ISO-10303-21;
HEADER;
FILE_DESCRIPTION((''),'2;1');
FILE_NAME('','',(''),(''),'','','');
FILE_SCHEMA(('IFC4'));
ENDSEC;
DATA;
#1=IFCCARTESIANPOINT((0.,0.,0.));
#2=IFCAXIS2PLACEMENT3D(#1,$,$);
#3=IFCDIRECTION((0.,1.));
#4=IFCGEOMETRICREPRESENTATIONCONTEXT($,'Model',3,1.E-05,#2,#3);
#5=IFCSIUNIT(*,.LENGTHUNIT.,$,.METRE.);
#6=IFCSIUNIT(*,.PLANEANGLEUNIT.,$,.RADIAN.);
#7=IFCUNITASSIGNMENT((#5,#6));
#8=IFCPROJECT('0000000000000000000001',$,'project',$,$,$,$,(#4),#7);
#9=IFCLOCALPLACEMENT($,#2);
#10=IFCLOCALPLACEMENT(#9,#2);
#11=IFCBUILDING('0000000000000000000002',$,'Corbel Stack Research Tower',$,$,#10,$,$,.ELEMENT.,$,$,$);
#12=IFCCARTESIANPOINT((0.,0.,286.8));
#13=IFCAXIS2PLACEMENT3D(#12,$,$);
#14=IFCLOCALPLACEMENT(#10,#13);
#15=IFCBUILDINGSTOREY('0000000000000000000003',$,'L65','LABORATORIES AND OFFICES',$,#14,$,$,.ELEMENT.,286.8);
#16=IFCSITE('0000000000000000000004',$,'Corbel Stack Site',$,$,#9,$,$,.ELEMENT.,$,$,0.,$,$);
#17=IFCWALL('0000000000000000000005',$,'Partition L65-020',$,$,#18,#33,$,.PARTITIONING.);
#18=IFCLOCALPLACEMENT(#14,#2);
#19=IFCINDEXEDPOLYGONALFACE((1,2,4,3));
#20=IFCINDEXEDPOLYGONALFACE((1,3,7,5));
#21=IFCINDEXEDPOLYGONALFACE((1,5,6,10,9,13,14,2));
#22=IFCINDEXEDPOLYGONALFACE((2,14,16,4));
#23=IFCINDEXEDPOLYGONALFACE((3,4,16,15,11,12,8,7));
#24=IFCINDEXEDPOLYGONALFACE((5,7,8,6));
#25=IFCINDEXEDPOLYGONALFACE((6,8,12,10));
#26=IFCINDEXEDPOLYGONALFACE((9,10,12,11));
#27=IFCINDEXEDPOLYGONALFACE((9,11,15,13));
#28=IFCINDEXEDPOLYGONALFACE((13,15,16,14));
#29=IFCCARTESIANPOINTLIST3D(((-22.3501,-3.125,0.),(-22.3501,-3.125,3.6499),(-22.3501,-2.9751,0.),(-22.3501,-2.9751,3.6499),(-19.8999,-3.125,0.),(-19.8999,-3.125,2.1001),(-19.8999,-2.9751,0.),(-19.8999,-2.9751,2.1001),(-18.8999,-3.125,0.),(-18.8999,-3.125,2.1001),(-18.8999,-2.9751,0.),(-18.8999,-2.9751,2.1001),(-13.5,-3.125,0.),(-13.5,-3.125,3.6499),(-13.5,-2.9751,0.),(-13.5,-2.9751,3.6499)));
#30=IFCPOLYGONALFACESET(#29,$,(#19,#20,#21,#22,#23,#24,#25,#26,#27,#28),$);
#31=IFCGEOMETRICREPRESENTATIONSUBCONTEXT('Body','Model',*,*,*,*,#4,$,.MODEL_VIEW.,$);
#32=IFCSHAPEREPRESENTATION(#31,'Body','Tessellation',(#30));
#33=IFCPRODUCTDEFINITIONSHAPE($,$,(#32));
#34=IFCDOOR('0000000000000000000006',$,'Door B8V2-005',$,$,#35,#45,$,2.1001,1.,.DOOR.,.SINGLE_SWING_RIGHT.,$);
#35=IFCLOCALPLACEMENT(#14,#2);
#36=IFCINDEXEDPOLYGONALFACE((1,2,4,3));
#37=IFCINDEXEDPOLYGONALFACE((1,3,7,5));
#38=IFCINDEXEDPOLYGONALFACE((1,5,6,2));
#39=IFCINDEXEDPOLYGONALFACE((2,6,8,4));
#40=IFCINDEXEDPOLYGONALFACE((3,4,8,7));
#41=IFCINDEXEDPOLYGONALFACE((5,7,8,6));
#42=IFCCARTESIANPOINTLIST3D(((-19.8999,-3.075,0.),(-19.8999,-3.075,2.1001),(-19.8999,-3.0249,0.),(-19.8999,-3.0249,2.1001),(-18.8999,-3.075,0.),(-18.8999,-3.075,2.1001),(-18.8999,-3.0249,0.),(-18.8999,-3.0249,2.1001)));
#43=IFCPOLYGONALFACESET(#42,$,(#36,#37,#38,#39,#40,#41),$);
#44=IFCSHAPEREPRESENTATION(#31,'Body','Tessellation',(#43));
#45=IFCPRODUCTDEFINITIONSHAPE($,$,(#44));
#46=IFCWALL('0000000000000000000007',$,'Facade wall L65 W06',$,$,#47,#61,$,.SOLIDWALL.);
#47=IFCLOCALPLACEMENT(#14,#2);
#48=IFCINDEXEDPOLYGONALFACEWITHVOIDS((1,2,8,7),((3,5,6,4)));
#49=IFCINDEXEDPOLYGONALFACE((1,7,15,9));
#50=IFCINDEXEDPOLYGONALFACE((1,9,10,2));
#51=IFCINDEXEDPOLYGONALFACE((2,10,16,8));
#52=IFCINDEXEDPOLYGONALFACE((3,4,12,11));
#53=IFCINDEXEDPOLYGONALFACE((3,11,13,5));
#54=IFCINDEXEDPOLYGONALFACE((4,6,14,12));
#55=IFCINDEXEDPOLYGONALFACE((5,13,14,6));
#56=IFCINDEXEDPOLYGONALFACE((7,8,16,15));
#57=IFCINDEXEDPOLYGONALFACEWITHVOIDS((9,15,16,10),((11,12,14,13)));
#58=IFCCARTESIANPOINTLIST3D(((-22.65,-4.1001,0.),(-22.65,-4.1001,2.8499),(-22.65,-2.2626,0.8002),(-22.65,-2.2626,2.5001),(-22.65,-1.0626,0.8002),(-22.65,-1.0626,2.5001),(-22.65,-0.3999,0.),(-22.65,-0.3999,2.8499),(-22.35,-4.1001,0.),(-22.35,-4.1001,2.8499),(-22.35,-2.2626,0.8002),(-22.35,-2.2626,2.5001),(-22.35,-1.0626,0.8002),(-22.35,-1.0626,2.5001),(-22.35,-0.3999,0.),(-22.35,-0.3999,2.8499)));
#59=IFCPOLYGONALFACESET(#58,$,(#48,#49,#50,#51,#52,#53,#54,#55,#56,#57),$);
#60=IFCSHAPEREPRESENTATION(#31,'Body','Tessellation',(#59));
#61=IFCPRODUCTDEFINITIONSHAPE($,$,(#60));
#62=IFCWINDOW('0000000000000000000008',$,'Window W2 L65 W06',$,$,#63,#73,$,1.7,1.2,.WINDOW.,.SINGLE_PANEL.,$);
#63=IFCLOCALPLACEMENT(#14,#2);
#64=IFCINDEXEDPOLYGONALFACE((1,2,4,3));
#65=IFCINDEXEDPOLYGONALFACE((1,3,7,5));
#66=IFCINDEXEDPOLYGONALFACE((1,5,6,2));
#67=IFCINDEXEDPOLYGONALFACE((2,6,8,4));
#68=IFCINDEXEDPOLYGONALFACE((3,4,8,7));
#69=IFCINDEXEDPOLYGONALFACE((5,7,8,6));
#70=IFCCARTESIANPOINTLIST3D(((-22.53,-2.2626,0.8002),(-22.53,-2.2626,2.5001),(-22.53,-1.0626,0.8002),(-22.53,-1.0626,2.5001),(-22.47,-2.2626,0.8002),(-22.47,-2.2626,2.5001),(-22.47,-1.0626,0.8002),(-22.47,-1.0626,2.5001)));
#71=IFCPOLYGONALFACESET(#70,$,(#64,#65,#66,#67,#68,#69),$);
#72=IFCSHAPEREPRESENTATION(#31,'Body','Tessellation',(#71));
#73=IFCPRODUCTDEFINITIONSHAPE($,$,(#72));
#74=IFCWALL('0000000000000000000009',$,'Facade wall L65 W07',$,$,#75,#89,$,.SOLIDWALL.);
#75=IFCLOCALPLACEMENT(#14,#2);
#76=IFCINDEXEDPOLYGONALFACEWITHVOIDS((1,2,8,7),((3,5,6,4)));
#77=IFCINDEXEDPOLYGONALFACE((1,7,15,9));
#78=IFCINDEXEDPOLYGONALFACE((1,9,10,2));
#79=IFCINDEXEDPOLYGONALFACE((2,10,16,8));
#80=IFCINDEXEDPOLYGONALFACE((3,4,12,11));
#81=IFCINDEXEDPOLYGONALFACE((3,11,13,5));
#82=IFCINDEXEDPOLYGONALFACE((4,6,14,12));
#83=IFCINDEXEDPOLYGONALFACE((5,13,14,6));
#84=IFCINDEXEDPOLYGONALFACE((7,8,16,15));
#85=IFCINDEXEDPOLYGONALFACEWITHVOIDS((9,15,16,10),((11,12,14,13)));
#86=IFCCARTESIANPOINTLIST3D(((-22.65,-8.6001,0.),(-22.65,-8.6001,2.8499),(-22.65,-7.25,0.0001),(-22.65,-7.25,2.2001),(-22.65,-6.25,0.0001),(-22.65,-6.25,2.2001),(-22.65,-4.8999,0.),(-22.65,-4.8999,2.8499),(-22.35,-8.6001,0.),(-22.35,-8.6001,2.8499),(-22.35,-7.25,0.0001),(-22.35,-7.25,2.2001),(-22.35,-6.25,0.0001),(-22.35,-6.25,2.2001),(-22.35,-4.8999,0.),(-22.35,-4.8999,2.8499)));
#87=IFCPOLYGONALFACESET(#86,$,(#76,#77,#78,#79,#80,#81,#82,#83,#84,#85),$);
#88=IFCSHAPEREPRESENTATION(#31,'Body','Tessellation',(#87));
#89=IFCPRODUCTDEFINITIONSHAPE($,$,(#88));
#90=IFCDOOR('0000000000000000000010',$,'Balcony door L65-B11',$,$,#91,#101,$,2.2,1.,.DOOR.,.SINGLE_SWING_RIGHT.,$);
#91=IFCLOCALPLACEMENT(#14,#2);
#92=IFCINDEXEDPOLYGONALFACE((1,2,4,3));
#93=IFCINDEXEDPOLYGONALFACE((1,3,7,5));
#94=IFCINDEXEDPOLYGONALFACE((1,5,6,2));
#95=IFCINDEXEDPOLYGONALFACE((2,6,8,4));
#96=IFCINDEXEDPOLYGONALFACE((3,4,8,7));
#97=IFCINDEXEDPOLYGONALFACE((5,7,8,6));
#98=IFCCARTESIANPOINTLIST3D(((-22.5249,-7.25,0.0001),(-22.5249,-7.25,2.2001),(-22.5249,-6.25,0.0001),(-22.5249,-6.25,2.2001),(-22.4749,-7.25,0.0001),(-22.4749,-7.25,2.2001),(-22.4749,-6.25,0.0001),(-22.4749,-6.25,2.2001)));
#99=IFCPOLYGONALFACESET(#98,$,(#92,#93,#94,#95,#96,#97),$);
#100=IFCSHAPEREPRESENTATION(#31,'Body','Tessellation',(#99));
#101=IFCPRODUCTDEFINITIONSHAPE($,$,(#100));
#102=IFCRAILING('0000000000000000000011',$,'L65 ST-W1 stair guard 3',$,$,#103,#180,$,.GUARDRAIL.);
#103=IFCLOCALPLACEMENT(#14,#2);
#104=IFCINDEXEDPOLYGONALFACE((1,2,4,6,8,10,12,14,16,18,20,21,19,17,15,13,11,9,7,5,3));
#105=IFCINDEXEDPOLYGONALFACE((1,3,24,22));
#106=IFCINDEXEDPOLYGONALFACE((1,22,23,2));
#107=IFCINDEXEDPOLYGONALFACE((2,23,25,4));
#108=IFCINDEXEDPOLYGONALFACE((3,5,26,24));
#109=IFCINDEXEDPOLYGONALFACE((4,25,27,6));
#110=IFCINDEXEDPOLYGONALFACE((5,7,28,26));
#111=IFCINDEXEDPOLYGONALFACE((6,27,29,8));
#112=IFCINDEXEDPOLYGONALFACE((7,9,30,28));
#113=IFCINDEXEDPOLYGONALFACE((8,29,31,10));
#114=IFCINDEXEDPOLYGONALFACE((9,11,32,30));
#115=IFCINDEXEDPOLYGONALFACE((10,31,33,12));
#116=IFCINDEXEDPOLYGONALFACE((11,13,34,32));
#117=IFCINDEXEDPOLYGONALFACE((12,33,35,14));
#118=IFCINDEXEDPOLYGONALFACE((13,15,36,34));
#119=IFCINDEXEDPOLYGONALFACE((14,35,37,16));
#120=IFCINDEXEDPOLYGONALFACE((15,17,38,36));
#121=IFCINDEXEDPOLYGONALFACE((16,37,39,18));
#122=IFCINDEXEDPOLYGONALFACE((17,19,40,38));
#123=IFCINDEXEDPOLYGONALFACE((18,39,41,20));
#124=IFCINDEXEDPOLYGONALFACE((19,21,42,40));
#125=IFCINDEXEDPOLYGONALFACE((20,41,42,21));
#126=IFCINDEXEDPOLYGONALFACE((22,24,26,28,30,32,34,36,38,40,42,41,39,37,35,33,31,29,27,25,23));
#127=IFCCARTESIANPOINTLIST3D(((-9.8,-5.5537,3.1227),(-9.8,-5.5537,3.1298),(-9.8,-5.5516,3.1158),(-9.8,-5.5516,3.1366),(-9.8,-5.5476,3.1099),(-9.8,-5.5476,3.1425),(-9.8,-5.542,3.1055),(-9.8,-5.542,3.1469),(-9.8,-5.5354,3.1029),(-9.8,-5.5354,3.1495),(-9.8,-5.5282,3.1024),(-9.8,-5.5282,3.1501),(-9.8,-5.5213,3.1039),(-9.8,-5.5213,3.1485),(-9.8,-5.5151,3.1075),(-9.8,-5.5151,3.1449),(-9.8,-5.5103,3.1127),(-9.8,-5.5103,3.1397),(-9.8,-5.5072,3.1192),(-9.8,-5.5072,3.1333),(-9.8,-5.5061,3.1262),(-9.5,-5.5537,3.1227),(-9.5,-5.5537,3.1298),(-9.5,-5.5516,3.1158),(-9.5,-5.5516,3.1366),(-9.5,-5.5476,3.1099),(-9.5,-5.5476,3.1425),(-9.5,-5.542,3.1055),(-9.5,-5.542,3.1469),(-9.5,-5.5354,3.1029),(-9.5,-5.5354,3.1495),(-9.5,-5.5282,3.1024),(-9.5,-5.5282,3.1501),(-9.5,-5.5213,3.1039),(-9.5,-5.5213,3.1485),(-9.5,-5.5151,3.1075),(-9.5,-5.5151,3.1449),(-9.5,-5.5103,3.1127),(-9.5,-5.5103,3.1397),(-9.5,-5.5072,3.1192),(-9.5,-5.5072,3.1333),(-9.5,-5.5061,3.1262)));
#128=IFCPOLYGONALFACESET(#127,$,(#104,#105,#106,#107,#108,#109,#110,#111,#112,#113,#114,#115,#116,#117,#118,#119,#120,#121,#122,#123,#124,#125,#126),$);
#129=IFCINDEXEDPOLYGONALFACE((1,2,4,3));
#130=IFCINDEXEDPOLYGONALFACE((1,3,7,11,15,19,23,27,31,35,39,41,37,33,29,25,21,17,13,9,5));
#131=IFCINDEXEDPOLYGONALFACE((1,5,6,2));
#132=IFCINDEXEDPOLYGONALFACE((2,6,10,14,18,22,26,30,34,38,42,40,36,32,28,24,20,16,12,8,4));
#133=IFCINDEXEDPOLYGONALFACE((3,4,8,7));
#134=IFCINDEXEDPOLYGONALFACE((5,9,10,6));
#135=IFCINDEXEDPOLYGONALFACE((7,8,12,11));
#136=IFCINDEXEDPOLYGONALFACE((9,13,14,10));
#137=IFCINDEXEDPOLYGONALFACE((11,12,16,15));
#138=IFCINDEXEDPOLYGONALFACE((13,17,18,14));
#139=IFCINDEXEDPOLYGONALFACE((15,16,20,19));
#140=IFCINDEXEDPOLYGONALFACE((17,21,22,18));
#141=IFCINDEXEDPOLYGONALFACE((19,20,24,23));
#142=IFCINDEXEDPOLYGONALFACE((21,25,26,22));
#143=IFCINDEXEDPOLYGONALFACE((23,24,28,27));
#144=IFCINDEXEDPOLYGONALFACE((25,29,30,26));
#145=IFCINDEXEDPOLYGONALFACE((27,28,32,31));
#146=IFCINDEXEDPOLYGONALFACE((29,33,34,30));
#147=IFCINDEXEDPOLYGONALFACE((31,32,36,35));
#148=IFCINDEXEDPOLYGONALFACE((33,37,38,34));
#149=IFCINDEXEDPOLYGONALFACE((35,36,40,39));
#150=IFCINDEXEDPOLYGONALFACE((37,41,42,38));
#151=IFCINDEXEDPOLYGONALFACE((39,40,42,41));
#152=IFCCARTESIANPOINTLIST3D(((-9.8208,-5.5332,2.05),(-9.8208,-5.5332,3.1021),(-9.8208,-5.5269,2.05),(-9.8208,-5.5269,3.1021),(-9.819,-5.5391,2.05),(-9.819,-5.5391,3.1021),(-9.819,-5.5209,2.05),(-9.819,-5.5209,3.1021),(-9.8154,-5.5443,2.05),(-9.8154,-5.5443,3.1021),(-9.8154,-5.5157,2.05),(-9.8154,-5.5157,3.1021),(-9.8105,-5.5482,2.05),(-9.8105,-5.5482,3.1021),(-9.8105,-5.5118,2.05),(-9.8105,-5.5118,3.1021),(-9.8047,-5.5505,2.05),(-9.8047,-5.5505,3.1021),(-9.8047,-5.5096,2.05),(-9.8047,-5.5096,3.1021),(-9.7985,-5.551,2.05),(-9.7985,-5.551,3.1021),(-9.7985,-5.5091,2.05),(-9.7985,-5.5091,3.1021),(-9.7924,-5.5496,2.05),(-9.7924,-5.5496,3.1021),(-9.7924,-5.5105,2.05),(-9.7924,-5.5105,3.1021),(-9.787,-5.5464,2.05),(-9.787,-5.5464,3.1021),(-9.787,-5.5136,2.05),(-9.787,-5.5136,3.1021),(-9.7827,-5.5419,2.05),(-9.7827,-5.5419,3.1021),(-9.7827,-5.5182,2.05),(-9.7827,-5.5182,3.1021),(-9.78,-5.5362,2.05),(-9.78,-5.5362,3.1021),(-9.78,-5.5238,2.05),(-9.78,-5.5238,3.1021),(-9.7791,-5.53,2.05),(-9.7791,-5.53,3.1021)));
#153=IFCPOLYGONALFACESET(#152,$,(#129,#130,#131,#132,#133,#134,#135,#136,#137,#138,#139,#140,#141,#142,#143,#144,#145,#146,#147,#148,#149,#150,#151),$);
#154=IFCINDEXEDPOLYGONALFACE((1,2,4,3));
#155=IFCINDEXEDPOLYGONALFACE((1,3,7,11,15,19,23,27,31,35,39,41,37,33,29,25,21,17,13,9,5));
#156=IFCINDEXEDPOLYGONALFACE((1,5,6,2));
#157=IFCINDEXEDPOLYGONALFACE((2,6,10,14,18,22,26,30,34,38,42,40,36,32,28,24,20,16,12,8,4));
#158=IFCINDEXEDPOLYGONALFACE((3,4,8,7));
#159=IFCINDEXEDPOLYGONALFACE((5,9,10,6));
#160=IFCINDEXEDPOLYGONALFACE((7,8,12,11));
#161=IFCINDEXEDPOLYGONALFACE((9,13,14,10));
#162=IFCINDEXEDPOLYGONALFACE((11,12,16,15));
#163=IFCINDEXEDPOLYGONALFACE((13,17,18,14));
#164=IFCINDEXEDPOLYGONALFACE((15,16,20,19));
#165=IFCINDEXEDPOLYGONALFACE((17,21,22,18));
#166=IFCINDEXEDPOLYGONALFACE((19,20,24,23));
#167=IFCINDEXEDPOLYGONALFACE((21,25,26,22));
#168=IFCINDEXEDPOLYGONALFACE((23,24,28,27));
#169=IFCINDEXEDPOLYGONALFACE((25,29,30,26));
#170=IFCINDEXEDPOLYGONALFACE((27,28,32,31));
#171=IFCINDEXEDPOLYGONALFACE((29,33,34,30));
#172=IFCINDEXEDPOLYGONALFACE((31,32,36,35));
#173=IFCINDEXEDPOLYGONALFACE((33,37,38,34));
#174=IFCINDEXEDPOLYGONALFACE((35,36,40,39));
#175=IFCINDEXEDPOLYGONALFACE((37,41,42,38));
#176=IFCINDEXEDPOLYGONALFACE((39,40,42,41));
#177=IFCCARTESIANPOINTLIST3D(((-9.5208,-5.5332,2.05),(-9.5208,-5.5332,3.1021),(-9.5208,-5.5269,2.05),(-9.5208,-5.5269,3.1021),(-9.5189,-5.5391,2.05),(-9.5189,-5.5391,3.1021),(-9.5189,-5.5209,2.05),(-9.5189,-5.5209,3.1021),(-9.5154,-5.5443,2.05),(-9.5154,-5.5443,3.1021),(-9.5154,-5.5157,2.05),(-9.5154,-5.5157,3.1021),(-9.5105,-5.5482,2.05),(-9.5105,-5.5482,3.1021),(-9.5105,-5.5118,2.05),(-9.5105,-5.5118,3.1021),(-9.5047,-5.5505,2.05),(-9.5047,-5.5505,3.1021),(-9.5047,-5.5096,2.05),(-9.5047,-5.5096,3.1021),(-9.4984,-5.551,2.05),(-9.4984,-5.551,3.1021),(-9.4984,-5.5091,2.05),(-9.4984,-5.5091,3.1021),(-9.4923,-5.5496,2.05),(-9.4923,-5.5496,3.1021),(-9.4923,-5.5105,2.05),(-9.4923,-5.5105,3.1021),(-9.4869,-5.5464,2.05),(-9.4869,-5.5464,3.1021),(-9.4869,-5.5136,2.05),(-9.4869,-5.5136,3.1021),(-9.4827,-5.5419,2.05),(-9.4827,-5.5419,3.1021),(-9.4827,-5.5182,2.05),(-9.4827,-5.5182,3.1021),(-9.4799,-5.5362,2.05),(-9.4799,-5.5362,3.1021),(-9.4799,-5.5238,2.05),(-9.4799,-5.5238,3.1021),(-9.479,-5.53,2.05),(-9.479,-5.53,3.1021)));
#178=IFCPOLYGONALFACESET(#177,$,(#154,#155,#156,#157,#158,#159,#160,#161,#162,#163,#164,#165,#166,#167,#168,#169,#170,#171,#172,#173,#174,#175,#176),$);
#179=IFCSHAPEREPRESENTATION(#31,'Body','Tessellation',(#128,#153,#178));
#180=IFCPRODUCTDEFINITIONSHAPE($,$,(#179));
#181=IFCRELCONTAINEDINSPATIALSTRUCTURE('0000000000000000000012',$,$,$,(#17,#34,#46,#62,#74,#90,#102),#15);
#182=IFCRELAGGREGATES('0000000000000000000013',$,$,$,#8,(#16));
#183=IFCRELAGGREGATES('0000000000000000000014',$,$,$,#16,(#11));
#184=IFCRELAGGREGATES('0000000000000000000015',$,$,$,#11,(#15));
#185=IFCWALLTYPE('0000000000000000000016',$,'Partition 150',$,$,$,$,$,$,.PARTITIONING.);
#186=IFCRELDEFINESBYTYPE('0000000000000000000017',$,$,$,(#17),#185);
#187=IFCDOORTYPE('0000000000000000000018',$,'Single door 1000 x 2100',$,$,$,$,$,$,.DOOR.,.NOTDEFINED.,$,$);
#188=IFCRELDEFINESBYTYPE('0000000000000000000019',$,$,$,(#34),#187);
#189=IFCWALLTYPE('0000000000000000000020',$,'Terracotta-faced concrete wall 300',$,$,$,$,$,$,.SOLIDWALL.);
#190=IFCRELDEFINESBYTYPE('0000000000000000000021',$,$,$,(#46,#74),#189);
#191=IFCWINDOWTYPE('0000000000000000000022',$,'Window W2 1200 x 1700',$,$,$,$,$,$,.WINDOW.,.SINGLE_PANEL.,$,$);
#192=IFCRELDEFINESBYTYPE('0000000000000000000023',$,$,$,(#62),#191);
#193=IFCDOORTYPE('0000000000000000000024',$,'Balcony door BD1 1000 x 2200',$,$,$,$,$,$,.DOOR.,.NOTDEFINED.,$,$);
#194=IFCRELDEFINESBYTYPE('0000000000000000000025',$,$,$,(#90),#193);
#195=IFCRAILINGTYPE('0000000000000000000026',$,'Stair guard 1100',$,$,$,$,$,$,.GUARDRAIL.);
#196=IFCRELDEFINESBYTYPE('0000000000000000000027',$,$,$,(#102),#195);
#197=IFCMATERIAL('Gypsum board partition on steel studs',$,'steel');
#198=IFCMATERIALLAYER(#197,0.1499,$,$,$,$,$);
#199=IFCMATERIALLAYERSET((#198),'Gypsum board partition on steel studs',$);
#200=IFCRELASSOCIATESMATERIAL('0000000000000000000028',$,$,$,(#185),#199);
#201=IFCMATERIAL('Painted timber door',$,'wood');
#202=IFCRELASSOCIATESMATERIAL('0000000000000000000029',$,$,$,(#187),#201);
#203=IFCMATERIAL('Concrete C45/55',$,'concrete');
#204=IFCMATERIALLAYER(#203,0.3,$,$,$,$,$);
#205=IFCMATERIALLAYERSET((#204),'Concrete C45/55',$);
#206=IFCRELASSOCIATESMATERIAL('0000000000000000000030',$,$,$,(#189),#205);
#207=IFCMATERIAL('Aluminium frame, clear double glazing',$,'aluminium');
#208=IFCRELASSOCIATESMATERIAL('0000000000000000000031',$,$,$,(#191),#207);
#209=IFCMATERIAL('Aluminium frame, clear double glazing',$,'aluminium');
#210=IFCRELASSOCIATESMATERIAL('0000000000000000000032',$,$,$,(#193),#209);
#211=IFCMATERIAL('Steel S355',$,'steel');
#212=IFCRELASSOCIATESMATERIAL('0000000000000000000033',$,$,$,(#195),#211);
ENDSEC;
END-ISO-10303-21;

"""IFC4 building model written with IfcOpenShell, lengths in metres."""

from ifc_helpers import new_model, si_unit, direction, frame, frame_2d, origin, origin_2d, place, context, subcontext, project, spatial, rectangle, circle, extrude, material, layer, layer_set, type_object, element, fill, save


model = new_model("IFC4")

# Units and contexts
model_context = context("Model", 3, precision=1e-05, world=origin(), true_north=direction((0.0, 1.0)))
body_context = subcontext(model_context, "Body", "Model", "MODEL_VIEW")
ifc_project = project(units=[si_unit("LENGTHUNIT", "METRE"), si_unit("PLANEANGLEUNIT", "RADIAN")], contexts=[model_context])

# Site, building, storey
site_placement = place(None, origin())
site = spatial("IfcSite", under=ifc_project, at=site_placement, Name="Corbel Stack Site", CompositionType="ELEMENT", RefElevation=0.0)
building_placement = place(site_placement, origin())
building = spatial("IfcBuilding", under=site, at=building_placement, Name="Corbel Stack Research Tower", CompositionType="ELEMENT")
storey_placement = place(building_placement, frame((0.0, 0.0, 286.8)))
storey = spatial("IfcBuildingStorey", under=building, at=storey_placement, Name="L65", Description="LABORATORIES AND OFFICES", CompositionType="ELEMENT", Elevation=286.8)

# Shared definitions
ifc_material_1 = material(Name="Gypsum board partition on steel studs", Category="steel")
ifc_layer_1 = layer(ifc_material_1, 0.1499)
ifc_layer_set_1 = layer_set([ifc_layer_1], Name="Gypsum board partition on steel studs")
wall_type_1 = type_object("IfcWallType", Name="Partition 150", PredefinedType="PARTITIONING", material=ifc_layer_set_1)

# Wall, opening, door
wall_1_placement = place(storey_placement, frame((-13.5, -3.05, 0.0), z_axis=(0.0, 0.0, 1.0), x_axis=(-1.0, 0.0, 0.0)))
wall_1 = element("IfcWall", 1, at=wall_1_placement, inside=storey, type_object=wall_type_1, Name="Partition L65-020", PredefinedType="PARTITIONING", context=body_context, shape_type="SweptSolid", body=[
    extrude(rectangle(XDim=8.8501, YDim=0.1499, at=frame_2d((4.425, 0.0))), origin(), (0.0, 0.0, 1.0), 3.6499),
])
opening_1_placement = place(wall_1_placement, frame((5.3999, 0.0, 0.0)))
opening_1 = element("IfcOpeningElement", 2, at=opening_1_placement, cuts=wall_1, PredefinedType="OPENING", context=body_context, shape_type="SweptSolid", body=[
    extrude(rectangle(XDim=1.0, YDim=2.1001, at=frame_2d((0.5, 1.05))), frame((0.0, 0.085, 0.0), z_axis=(0.0, -1.0, 0.0), x_axis=(1.0, 0.0, 0.0)), (0.0, 0.0, 1.0), 0.1699),
])
ifc_material_2 = material(Name="Painted timber door", Category="wood")
door_type_1 = type_object("IfcDoorType", Name="Single door 1000 x 2100", OperationType="NOTDEFINED", PredefinedType="DOOR", material=ifc_material_2)
door_1_placement = place(opening_1_placement, origin())
door_1 = element("IfcDoor", 3, at=door_1_placement, inside=storey, type_object=door_type_1, Name="Door B8V2-005", OperationType="SINGLE_SWING_RIGHT", OverallHeight=2.1001, OverallWidth=1.0, PredefinedType="DOOR", context=body_context, shape_type="SweptSolid", body=[
    extrude(rectangle(XDim=1.0, YDim=2.1001, at=frame_2d((0.5, 1.05))), frame((0.0, 0.0249, 0.0), z_axis=(0.0, -1.0, 0.0), x_axis=(1.0, 0.0, 0.0)), (0.0, 0.0, 1.0), 0.05),
])
fill(opening_1, door_1)

# Wall, opening, window
ifc_material_3 = material(Name="Concrete C45/55", Category="concrete")
ifc_layer_2 = layer(ifc_material_3, 0.3)
ifc_layer_set_2 = layer_set([ifc_layer_2], Name="Concrete C45/55")
wall_type_2 = type_object("IfcWallType", Name="Terracotta-faced concrete wall 300", PredefinedType="SOLIDWALL", material=ifc_layer_set_2)
wall_2_placement = place(storey_placement, frame((-22.5, -4.1001, 0.0), z_axis=(0.0, 0.0, 1.0), x_axis=(0.0, 1.0, 0.0)))
wall_2 = element("IfcWall", 4, at=wall_2_placement, inside=storey, type_object=wall_type_2, Name="Facade wall L65 W06", PredefinedType="SOLIDWALL", context=body_context, shape_type="SweptSolid", body=[
    extrude(rectangle(XDim=3.7002, YDim=0.3, at=frame_2d((1.8501, 0.0))), origin(), (0.0, 0.0, 1.0), 2.8499),
])
opening_2_placement = place(wall_2_placement, frame((1.8374, 0.0, 0.8)))
opening_2 = element("IfcOpeningElement", 5, at=opening_2_placement, cuts=wall_2, PredefinedType="OPENING", context=body_context, shape_type="SweptSolid", body=[
    extrude(rectangle(XDim=1.2, YDim=1.7, at=frame_2d((0.6001, 0.8501))), frame((0.0, 0.1599, 0.0), z_axis=(0.0, -1.0, 0.0), x_axis=(1.0, 0.0, 0.0)), (0.0, 0.0, 1.0), 0.3201),
])
ifc_material_4 = material(Name="Aluminium frame, clear double glazing", Category="aluminium")
window_type = type_object("IfcWindowType", Name="Window W2 1200 x 1700", PartitioningType="SINGLE_PANEL", PredefinedType="WINDOW", material=ifc_material_4)
window_placement = place(opening_2_placement, origin())
window = element("IfcWindow", 6, at=window_placement, inside=storey, type_object=window_type, Name="Window W2 L65 W06", OverallHeight=1.7, OverallWidth=1.2, PartitioningType="SINGLE_PANEL", PredefinedType="WINDOW", context=body_context, shape_type="SweptSolid", body=[
    extrude(rectangle(XDim=1.2, YDim=1.7, at=frame_2d((0.6001, 0.8501))), frame((0.0, 0.03, 0.0), z_axis=(0.0, -1.0, 0.0), x_axis=(1.0, 0.0, 0.0)), (0.0, 0.0, 1.0), 0.0601),
])
fill(opening_2, window)

# Wall, opening, door
wall_3_placement = place(storey_placement, frame((-22.5, -8.6001, 0.0), z_axis=(0.0, 0.0, 1.0), x_axis=(0.0, 1.0, 0.0)))
wall_3 = element("IfcWall", 7, at=wall_3_placement, inside=storey, type_object=wall_type_2, Name="Facade wall L65 W07", PredefinedType="SOLIDWALL", context=body_context, shape_type="SweptSolid", body=[
    extrude(rectangle(XDim=3.7002, YDim=0.3, at=frame_2d((1.8501, 0.0))), origin(), (0.0, 0.0, 1.0), 2.8499),
])
opening_3_placement = place(wall_3_placement, frame((1.3501, 0.0, 0.0)))
opening_3 = element("IfcOpeningElement", 8, at=opening_3_placement, cuts=wall_3, PredefinedType="OPENING", context=body_context, shape_type="SweptSolid", body=[
    extrude(rectangle(XDim=1.0, YDim=2.2, at=frame_2d((0.5, 1.1001))), frame((0.0, 0.1599, 0.0), z_axis=(0.0, -1.0, 0.0), x_axis=(1.0, 0.0, 0.0)), (0.0, 0.0, 1.0), 0.3201),
])
ifc_material_5 = material(Name="Aluminium frame, clear double glazing", Category="aluminium")
door_type_2 = type_object("IfcDoorType", Name="Balcony door BD1 1000 x 2200", OperationType="NOTDEFINED", PredefinedType="DOOR", material=ifc_material_5)
door_2_placement = place(opening_3_placement, origin())
door_2 = element("IfcDoor", 9, at=door_2_placement, inside=storey, type_object=door_type_2, Name="Balcony door L65-B11", OperationType="SINGLE_SWING_RIGHT", OverallHeight=2.2, OverallWidth=1.0, PredefinedType="DOOR", context=body_context, shape_type="SweptSolid", body=[
    extrude(rectangle(XDim=1.0, YDim=2.2, at=frame_2d((0.5, 1.1001))), frame((0.0, 0.0249, 0.0), z_axis=(0.0, -1.0, 0.0), x_axis=(1.0, 0.0, 0.0)), (0.0, 0.0, 1.0), 0.05),
])
fill(opening_3, door_2)

# Railing
ifc_material_6 = material(Name="Steel S355", Category="steel")
railing_type_1 = type_object("IfcRailingType", Name="Stair guard 1100", PredefinedType="GUARDRAIL", material=ifc_material_6)
for number, where, name in (
    (10, (-9.8, -5.53, 2.05), "L65 ST-W1 stair guard 3"),
):
    element("IfcRailing", number, at=place(storey_placement, frame(where)), inside=storey, type_object=railing_type_1, Name=name, PredefinedType="GUARDRAIL", context=body_context, shape_type="SweptSolid", body=[
        extrude(circle(Radius=0.0239, at=origin_2d()), frame((0.0, 0.0, 1.0762), z_axis=(1.0, 0.0, 0.0), x_axis=(0.0, 1.0, 0.0)), (0.0, 0.0, 1.0), 0.3),
        extrude(circle(Radius=0.021, at=origin_2d()), origin(), (0.0, 0.0, 1.0), 1.052),
        extrude(circle(Radius=0.021, at=origin_2d()), frame((0.3, 0.0, 0.0)), (0.0, 0.0, 1.0), 1.052),
    ])

save(model, "model.ifc")
